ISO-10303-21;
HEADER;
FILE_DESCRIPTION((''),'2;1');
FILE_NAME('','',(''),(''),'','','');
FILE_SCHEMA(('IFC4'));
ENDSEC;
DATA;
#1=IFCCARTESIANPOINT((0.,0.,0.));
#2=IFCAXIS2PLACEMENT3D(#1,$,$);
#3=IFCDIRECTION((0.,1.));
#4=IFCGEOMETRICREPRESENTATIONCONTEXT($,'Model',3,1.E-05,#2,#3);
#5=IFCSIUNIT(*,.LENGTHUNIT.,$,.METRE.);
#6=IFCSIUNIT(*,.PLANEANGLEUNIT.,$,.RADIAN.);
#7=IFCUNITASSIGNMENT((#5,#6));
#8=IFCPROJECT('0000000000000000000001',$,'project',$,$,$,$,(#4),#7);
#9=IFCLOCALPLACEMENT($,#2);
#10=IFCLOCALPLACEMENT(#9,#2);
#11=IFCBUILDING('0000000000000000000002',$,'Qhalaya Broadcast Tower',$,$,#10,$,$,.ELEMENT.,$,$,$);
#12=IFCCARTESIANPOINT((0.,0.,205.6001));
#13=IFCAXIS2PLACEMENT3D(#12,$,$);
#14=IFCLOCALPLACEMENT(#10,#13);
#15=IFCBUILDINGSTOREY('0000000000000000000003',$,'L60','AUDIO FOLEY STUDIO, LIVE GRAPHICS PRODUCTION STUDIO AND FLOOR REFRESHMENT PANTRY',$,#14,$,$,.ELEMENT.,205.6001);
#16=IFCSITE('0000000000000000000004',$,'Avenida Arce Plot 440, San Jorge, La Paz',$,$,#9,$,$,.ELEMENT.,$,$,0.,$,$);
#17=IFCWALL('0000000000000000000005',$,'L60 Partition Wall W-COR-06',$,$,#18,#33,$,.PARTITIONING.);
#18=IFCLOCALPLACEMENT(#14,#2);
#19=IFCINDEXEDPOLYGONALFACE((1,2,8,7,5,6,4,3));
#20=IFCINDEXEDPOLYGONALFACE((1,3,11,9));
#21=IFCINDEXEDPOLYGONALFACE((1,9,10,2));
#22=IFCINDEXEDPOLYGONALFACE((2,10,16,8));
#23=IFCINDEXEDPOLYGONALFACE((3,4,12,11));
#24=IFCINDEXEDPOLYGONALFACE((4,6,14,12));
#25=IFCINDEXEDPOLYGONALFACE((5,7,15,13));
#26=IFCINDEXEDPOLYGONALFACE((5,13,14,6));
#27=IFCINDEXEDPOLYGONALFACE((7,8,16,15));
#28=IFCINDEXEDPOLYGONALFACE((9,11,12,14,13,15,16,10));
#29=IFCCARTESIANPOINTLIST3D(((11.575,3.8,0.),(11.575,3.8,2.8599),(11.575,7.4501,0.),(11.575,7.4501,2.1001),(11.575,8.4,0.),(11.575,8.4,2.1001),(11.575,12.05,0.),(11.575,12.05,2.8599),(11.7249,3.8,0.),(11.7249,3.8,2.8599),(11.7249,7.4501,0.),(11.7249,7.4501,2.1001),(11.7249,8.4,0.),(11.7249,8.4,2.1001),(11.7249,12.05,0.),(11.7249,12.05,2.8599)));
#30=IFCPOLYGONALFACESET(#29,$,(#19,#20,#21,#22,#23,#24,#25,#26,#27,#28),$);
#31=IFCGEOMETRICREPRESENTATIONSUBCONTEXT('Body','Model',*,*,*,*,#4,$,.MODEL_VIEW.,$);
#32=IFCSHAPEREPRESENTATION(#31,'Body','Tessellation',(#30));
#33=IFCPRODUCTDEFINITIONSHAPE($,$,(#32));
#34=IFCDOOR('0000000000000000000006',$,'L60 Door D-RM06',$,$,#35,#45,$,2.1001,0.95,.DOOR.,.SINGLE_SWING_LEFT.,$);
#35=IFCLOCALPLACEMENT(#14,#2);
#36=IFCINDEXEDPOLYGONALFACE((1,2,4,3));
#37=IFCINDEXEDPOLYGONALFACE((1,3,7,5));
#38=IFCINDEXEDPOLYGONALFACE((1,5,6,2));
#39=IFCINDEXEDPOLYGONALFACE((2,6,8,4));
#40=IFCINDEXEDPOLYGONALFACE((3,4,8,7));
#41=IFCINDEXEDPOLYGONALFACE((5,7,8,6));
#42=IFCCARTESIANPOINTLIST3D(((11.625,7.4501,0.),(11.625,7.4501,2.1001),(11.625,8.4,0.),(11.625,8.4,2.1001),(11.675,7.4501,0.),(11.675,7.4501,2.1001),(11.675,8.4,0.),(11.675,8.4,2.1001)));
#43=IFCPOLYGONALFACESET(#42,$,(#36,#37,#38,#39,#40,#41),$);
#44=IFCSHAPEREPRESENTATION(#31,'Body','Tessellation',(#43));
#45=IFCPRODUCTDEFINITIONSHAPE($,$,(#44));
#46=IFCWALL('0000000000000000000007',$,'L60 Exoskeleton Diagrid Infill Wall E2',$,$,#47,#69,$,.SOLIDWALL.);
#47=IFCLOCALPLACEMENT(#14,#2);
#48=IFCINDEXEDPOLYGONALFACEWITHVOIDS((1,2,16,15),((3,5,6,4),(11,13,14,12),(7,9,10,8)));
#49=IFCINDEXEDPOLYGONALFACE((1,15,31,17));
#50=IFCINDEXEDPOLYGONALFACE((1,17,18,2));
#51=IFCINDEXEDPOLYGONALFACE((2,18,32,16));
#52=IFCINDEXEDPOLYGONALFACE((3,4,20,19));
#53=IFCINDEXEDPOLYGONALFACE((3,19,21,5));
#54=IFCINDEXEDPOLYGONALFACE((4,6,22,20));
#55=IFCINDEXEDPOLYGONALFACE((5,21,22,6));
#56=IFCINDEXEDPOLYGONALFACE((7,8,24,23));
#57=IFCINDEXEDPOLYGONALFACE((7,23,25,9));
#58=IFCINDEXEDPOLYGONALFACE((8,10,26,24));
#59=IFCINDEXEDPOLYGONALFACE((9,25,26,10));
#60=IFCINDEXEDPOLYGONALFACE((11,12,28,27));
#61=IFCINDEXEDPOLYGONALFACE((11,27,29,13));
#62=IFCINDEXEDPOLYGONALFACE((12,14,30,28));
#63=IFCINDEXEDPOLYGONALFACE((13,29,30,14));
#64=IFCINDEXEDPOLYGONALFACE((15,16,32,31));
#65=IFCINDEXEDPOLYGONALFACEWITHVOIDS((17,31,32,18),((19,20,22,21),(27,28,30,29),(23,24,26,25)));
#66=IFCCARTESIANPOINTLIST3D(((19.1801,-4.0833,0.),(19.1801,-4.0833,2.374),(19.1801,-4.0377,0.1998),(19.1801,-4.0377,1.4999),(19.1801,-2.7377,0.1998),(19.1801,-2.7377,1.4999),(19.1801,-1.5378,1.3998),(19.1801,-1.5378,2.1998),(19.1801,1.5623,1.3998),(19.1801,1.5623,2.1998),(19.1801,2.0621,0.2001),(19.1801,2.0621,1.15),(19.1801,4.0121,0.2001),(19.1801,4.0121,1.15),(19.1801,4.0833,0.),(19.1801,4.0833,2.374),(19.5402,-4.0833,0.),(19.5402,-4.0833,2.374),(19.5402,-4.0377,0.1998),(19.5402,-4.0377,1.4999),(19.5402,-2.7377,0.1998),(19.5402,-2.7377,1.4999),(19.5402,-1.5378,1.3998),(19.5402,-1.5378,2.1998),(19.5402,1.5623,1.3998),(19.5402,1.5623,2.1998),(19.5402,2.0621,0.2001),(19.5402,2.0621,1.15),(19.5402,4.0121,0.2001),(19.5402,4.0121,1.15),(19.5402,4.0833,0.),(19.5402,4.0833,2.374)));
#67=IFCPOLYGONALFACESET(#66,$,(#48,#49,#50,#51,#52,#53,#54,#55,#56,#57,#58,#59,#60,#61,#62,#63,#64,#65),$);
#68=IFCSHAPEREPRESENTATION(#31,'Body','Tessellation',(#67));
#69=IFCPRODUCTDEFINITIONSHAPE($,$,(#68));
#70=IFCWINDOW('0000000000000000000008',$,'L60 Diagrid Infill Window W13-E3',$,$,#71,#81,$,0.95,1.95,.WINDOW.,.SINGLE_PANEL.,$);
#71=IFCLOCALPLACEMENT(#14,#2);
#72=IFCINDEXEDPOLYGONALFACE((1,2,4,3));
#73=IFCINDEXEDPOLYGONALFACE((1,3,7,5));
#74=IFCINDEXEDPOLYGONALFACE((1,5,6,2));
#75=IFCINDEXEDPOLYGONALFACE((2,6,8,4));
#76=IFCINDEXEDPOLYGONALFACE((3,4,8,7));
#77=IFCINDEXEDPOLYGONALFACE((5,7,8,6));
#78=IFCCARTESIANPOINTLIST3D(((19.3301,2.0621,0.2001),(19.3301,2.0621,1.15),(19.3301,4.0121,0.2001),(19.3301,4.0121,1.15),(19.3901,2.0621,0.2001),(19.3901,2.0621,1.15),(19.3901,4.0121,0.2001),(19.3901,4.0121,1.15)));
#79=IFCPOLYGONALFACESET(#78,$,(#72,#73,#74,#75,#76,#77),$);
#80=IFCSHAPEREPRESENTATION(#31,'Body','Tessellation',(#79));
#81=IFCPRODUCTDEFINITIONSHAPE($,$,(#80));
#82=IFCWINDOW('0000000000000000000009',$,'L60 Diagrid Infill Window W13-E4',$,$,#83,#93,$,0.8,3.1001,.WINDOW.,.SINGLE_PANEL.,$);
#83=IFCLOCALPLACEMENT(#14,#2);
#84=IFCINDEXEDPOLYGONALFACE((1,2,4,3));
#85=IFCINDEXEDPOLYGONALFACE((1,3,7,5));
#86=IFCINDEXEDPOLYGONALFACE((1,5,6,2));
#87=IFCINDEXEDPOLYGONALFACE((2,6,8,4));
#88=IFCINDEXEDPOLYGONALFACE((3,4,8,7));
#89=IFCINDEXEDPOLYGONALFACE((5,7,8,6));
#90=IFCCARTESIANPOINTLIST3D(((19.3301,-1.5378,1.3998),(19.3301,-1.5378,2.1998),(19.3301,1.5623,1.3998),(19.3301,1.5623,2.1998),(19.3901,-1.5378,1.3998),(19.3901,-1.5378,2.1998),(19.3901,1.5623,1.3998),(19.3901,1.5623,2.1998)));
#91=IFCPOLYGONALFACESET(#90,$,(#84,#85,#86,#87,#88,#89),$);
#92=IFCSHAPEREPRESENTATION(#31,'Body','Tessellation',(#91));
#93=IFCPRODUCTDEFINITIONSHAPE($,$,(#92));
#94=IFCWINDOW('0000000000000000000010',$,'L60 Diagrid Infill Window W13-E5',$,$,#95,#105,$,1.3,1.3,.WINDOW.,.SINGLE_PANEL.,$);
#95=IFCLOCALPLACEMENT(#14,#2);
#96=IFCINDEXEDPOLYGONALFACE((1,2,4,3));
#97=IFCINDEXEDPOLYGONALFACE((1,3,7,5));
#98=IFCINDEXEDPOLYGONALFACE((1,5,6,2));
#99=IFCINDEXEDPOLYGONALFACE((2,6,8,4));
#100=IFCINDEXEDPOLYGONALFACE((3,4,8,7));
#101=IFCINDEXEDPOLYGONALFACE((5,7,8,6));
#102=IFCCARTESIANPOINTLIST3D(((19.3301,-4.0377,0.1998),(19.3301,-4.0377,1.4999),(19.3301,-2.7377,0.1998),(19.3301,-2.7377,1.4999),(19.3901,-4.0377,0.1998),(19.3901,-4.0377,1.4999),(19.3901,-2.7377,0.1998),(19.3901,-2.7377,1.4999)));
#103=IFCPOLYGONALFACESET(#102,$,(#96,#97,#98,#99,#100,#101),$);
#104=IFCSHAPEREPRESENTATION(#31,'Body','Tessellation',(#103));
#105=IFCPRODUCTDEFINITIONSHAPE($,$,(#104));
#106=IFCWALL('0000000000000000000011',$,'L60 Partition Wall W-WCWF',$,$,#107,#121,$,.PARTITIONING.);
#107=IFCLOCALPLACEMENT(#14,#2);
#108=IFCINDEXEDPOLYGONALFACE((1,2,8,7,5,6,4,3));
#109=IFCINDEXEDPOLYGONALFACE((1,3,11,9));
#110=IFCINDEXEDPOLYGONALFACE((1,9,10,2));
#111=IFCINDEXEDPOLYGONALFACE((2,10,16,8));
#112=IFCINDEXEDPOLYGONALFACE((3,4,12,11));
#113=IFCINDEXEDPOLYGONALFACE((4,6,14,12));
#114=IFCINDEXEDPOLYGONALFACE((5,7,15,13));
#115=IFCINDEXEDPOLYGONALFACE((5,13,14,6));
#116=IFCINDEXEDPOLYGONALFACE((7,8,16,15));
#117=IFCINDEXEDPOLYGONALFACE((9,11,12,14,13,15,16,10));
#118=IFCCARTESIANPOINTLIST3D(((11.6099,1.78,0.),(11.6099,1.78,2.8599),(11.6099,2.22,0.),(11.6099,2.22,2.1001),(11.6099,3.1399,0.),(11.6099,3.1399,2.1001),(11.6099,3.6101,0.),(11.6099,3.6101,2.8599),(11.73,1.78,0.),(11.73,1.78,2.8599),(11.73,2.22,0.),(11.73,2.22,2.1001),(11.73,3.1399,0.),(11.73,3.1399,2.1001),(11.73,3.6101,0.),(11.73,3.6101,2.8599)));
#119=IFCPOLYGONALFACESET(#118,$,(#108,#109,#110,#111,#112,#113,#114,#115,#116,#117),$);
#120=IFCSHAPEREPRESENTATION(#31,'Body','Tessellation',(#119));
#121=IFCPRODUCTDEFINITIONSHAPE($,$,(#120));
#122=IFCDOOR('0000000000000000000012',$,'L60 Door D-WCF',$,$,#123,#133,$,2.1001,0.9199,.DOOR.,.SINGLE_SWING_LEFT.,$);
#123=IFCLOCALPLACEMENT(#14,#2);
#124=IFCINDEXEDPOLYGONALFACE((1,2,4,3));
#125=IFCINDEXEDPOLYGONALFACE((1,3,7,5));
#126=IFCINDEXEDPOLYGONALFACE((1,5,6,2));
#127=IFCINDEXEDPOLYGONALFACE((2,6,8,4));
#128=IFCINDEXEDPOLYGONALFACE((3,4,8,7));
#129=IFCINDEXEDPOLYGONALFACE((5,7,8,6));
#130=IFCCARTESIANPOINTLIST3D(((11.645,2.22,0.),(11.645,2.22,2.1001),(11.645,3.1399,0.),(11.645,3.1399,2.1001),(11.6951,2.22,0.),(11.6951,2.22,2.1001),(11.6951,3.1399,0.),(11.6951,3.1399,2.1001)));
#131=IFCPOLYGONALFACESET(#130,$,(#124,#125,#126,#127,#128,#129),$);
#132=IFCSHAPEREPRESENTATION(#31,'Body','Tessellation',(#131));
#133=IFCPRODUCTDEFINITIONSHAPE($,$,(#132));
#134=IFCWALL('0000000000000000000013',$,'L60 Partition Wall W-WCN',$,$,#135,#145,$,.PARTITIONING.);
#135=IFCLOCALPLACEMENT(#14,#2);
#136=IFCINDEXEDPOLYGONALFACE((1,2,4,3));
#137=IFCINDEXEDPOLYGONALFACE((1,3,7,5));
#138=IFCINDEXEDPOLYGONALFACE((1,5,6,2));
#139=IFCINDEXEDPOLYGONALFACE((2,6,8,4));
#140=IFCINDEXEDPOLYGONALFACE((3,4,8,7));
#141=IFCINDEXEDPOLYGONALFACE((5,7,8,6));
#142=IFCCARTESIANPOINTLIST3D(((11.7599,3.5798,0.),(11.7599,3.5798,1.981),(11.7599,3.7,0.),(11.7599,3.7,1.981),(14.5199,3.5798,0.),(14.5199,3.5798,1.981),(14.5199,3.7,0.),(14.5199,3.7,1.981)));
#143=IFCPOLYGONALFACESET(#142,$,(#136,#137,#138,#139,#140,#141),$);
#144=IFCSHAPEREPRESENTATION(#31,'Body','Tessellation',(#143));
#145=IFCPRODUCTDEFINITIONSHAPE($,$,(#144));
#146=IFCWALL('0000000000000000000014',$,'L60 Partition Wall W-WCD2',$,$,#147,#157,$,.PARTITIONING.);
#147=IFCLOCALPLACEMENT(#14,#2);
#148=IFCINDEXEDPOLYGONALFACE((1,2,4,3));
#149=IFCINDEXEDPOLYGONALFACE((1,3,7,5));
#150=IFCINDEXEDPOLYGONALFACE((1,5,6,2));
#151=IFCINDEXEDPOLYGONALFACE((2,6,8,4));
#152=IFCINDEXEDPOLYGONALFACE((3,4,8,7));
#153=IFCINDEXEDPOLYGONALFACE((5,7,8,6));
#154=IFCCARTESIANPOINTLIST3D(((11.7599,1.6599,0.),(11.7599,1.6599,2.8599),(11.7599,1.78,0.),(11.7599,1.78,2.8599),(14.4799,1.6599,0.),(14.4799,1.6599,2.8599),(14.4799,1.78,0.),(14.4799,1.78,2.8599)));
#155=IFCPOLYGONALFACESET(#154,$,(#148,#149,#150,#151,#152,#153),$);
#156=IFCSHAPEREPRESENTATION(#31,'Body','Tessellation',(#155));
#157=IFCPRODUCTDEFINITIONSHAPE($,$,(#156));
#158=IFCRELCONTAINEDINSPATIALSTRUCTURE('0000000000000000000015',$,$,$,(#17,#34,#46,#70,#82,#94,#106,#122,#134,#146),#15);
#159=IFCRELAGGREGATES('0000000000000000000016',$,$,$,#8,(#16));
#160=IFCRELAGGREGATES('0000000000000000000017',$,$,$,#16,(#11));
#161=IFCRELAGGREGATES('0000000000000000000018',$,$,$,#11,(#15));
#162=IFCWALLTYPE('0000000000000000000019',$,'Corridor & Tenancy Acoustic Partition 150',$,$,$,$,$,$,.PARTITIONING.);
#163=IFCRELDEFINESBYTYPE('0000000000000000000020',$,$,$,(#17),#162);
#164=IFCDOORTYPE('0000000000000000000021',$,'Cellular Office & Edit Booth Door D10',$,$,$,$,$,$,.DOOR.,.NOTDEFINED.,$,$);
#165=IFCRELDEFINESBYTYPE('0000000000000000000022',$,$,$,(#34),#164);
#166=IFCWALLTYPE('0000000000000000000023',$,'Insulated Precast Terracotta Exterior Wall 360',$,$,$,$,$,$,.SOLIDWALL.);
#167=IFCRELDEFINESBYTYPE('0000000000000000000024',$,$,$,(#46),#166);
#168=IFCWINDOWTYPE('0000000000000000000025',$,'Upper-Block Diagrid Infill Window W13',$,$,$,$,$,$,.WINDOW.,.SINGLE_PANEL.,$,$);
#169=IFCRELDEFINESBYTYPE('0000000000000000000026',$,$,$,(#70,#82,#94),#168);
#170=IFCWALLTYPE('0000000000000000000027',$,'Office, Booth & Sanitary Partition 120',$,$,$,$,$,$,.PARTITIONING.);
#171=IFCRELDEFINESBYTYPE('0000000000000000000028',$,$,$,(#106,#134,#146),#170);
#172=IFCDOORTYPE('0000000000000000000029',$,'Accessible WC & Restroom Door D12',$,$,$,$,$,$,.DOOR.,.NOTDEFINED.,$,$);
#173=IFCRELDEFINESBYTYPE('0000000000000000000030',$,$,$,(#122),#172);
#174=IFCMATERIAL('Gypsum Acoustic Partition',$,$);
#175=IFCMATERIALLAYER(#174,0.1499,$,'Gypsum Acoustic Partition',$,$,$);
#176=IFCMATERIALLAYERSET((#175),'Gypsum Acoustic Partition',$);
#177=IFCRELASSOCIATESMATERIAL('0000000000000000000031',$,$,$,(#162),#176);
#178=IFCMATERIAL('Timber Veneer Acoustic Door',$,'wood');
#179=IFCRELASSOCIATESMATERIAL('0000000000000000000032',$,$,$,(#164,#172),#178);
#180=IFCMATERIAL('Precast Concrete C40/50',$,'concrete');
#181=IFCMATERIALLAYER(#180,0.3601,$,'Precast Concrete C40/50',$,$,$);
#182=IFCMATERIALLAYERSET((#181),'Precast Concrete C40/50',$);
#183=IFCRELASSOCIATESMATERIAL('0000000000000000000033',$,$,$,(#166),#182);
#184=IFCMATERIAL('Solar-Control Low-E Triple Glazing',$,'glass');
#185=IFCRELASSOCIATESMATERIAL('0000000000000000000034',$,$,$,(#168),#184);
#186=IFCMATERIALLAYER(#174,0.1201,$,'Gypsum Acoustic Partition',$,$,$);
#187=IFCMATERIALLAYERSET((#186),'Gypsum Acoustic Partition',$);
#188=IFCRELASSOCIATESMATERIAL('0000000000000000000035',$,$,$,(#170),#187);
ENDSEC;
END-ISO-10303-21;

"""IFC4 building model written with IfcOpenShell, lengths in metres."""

from ifc_helpers import new_model, si_unit, direction, frame, frame_2d, origin, place, context, subcontext, project, spatial, rectangle, extrude, material, layer, layer_set, type_object, element, fill, save


model = new_model("IFC4")

# Units and contexts
model_context = context("Model", 3, precision=1e-05, world=origin(), true_north=direction((0.0, 1.0)))
body_context = subcontext(model_context, "Body", "Model", "MODEL_VIEW")
ifc_project = project(units=[si_unit("LENGTHUNIT", "METRE"), si_unit("PLANEANGLEUNIT", "RADIAN")], contexts=[model_context])

# Site, building, storey
site_placement = place(None, origin())
site = spatial("IfcSite", under=ifc_project, at=site_placement, Name="Avenida Arce Plot 440, San Jorge, La Paz", CompositionType="ELEMENT", RefElevation=0.0)
building_placement = place(site_placement, origin())
building = spatial("IfcBuilding", under=site, at=building_placement, Name="Qhalaya Broadcast Tower", CompositionType="ELEMENT")
storey_placement = place(building_placement, frame((0.0, 0.0, 205.6001)))
storey = spatial("IfcBuildingStorey", under=building, at=storey_placement, Name="L60", Description="AUDIO FOLEY STUDIO, LIVE GRAPHICS PRODUCTION STUDIO AND FLOOR REFRESHMENT PANTRY", CompositionType="ELEMENT", Elevation=205.6001)

# Wall, opening, door
ifc_material_1 = material(Name="Gypsum Acoustic Partition")
ifc_layer_1 = layer(ifc_material_1, 0.1499, Name="Gypsum Acoustic Partition")
ifc_layer_set_1 = layer_set([ifc_layer_1], Name="Gypsum Acoustic Partition")
wall_type_1 = type_object("IfcWallType", Name="Corridor & Tenancy Acoustic Partition 150", PredefinedType="PARTITIONING", material=ifc_layer_set_1)
wall_1_placement = place(storey_placement, frame((11.6499, 3.8, 0.0), z_axis=(0.0, 0.0, 1.0), x_axis=(0.0, 1.0, 0.0)))
wall_1 = element("IfcWall", 1, at=wall_1_placement, inside=storey, type_object=wall_type_1, Name="L60 Partition Wall W-COR-06", PredefinedType="PARTITIONING", context=body_context, shape_type="SweptSolid", body=[
    extrude(rectangle(XDim=8.25, YDim=0.1499, at=frame_2d((4.125, 0.0))), origin(), (0.0, 0.0, 1.0), 2.8599),
])
opening_1_placement = place(wall_1_placement, frame((3.6499, 0.0, 0.0)))
opening_1 = element("IfcOpeningElement", 2, at=opening_1_placement, cuts=wall_1, PredefinedType="OPENING", context=body_context, shape_type="SweptSolid", body=[
    extrude(rectangle(XDim=0.95, YDim=2.1001, at=frame_2d((0.4751, 1.05))), frame((0.0, 0.0869, 0.0), z_axis=(0.0, -1.0, 0.0), x_axis=(1.0, 0.0, 0.0)), (0.0, 0.0, 1.0), 0.1738),
])
ifc_material_2 = material(Name="Timber Veneer Acoustic Door", Category="wood")
door_type_1 = type_object("IfcDoorType", Name="Cellular Office & Edit Booth Door D10", OperationType="NOTDEFINED", PredefinedType="DOOR", material=ifc_material_2)
door_1_placement = place(opening_1_placement, origin())
door_1 = element("IfcDoor", 3, at=door_1_placement, inside=storey, type_object=door_type_1, Name="L60 Door D-RM06", OperationType="SINGLE_SWING_LEFT", OverallHeight=2.1001, OverallWidth=0.95, PredefinedType="DOOR", context=body_context, shape_type="SweptSolid", body=[
    extrude(rectangle(XDim=0.95, YDim=2.1001, at=frame_2d((0.4751, 1.05))), frame((0.0, 0.0249, 0.0), z_axis=(0.0, -1.0, 0.0), x_axis=(1.0, 0.0, 0.0)), (0.0, 0.0, 1.0), 0.05),
])
fill(opening_1, door_1)

# Wall, openings, windows
ifc_material_3 = material(Name="Precast Concrete C40/50", Category="concrete")
ifc_layer_2 = layer(ifc_material_3, 0.3601, Name="Precast Concrete C40/50")
ifc_layer_set_2 = layer_set([ifc_layer_2], Name="Precast Concrete C40/50")
wall_type_2 = type_object("IfcWallType", Name="Insulated Precast Terracotta Exterior Wall 360", PredefinedType="SOLIDWALL", material=ifc_layer_set_2)
wall_2_placement = place(storey_placement, frame((19.3601, 4.0833, 0.0), z_axis=(0.0, 0.0, 1.0), x_axis=(0.0, -1.0, 0.0)))
wall_2 = element("IfcWall", 4, at=wall_2_placement, inside=storey, type_object=wall_type_2, Name="L60 Exoskeleton Diagrid Infill Wall E2", PredefinedType="SOLIDWALL", context=body_context, shape_type="SweptSolid", body=[
    extrude(rectangle(XDim=8.1665, YDim=0.3601, at=frame_2d((4.0833, 0.0))), origin(), (0.0, 0.0, 1.0), 2.374),
])
opening_2_placement = place(wall_2_placement, frame((0.071, 0.0, 0.2)))
opening_2 = element("IfcOpeningElement", 5, at=opening_2_placement, cuts=wall_2, PredefinedType="OPENING", context=body_context, shape_type="SweptSolid", body=[
    extrude(rectangle(XDim=1.95, YDim=0.95, at=frame_2d((0.9751, 0.4751))), frame((0.0, 0.1921, 0.0), z_axis=(0.0, -1.0, 0.0), x_axis=(1.0, 0.0, 0.0)), (0.0, 0.0, 1.0), 0.384),
])
opening_3_placement = place(wall_2_placement, frame((2.521, 0.0, 1.3999)))
opening_3 = element("IfcOpeningElement", 6, at=opening_3_placement, cuts=wall_2, PredefinedType="OPENING", context=body_context, shape_type="SweptSolid", body=[
    extrude(rectangle(XDim=3.1001, YDim=0.8, at=frame_2d((1.55, 0.3999))), frame((0.0, 0.1921, 0.0), z_axis=(0.0, -1.0, 0.0), x_axis=(1.0, 0.0, 0.0)), (0.0, 0.0, 1.0), 0.384),
])
opening_4_placement = place(wall_2_placement, frame((6.821, 0.0, 0.2)))
opening_4 = element("IfcOpeningElement", 7, at=opening_4_placement, cuts=wall_2, PredefinedType="OPENING", context=body_context, shape_type="SweptSolid", body=[
    extrude(rectangle(XDim=1.3, YDim=1.3, at=frame_2d((0.6499, 0.6499))), frame((0.0, 0.1921, 0.0), z_axis=(0.0, -1.0, 0.0), x_axis=(1.0, 0.0, 0.0)), (0.0, 0.0, 1.0), 0.384),
])
ifc_material_4 = material(Name="Solar-Control Low-E Triple Glazing", Category="glass")
window_type = type_object("IfcWindowType", Name="Upper-Block Diagrid Infill Window W13", PartitioningType="SINGLE_PANEL", PredefinedType="WINDOW", material=ifc_material_4)
window_1_placement = place(opening_2_placement, origin())
window_1 = element("IfcWindow", 8, at=window_1_placement, inside=storey, type_object=window_type, Name="L60 Diagrid Infill Window W13-E3", OverallHeight=0.95, OverallWidth=1.95, PartitioningType="SINGLE_PANEL", PredefinedType="WINDOW", context=body_context, shape_type="SweptSolid", body=[
    extrude(rectangle(XDim=1.95, YDim=0.95, at=frame_2d((0.9751, 0.4751))), frame((0.0, 0.03, 0.0), z_axis=(0.0, -1.0, 0.0), x_axis=(1.0, 0.0, 0.0)), (0.0, 0.0, 1.0), 0.0601),
])
fill(opening_2, window_1)
window_2_placement = place(opening_3_placement, origin())
window_2 = element("IfcWindow", 9, at=window_2_placement, inside=storey, type_object=window_type, Name="L60 Diagrid Infill Window W13-E4", OverallHeight=0.8, OverallWidth=3.1001, PartitioningType="SINGLE_PANEL", PredefinedType="WINDOW", context=body_context, shape_type="SweptSolid", body=[
    extrude(rectangle(XDim=3.1001, YDim=0.8, at=frame_2d((1.55, 0.3999))), frame((0.0, 0.03, 0.0), z_axis=(0.0, -1.0, 0.0), x_axis=(1.0, 0.0, 0.0)), (0.0, 0.0, 1.0), 0.0601),
])
fill(opening_3, window_2)
window_3_placement = place(opening_4_placement, origin())
window_3 = element("IfcWindow", 10, at=window_3_placement, inside=storey, type_object=window_type, Name="L60 Diagrid Infill Window W13-E5", OverallHeight=1.3, OverallWidth=1.3, PartitioningType="SINGLE_PANEL", PredefinedType="WINDOW", context=body_context, shape_type="SweptSolid", body=[
    extrude(rectangle(XDim=1.3, YDim=1.3, at=frame_2d((0.6499, 0.6499))), frame((0.0, 0.03, 0.0), z_axis=(0.0, -1.0, 0.0), x_axis=(1.0, 0.0, 0.0)), (0.0, 0.0, 1.0), 0.0601),
])
fill(opening_4, window_3)

# Wall, opening, door
ifc_layer_3 = layer(ifc_material_1, 0.1201, Name="Gypsum Acoustic Partition")
ifc_layer_set_3 = layer_set([ifc_layer_3], Name="Gypsum Acoustic Partition")
wall_type_3 = type_object("IfcWallType", Name="Office, Booth & Sanitary Partition 120", PredefinedType="PARTITIONING", material=ifc_layer_set_3)
wall_3_placement = place(storey_placement, frame((11.6699, 1.78, 0.0), z_axis=(0.0, 0.0, 1.0), x_axis=(0.0, 1.0, 0.0)))
wall_3 = element("IfcWall", 11, at=wall_3_placement, inside=storey, type_object=wall_type_3, Name="L60 Partition Wall W-WCWF", PredefinedType="PARTITIONING", context=body_context, shape_type="SweptSolid", body=[
    extrude(rectangle(XDim=1.8301, YDim=0.1201, at=frame_2d((0.915, 0.0))), origin(), (0.0, 0.0, 1.0), 2.8599),
])
opening_5_placement = place(wall_3_placement, frame((0.4399, 0.0, 0.0)))
opening_5 = element("IfcOpeningElement", 12, at=opening_5_placement, cuts=wall_3, PredefinedType="OPENING", context=body_context, shape_type="SweptSolid", body=[
    extrude(rectangle(XDim=0.9199, YDim=2.1001, at=frame_2d((0.46, 1.05))), frame((0.0, 0.072, 0.0), z_axis=(0.0, -1.0, 0.0), x_axis=(1.0, 0.0, 0.0)), (0.0, 0.0, 1.0), 0.144),
])
door_type_2 = type_object("IfcDoorType", Name="Accessible WC & Restroom Door D12", OperationType="NOTDEFINED", PredefinedType="DOOR", material=ifc_material_2)
door_2_placement = place(opening_5_placement, origin())
door_2 = element("IfcDoor", 13, at=door_2_placement, inside=storey, type_object=door_type_2, Name="L60 Door D-WCF", OperationType="SINGLE_SWING_LEFT", OverallHeight=2.1001, OverallWidth=0.9199, PredefinedType="DOOR", context=body_context, shape_type="SweptSolid", body=[
    extrude(rectangle(XDim=0.9199, YDim=2.1001, at=frame_2d((0.46, 1.05))), frame((0.0, 0.0249, 0.0), z_axis=(0.0, -1.0, 0.0), x_axis=(1.0, 0.0, 0.0)), (0.0, 0.0, 1.0), 0.05),
])
fill(opening_5, door_2)

# Walls
wall_4_placement = place(storey_placement, frame((11.76, 3.6399, 0.0), z_axis=(0.0, 0.0, 1.0), x_axis=(1.0, 0.0, 0.0)))
element("IfcWall", 14, at=wall_4_placement, inside=storey, type_object=wall_type_3, Name="L60 Partition Wall W-WCN", PredefinedType="PARTITIONING", context=body_context, shape_type="SweptSolid", body=[
    extrude(rectangle(XDim=2.76, YDim=0.1201, at=frame_2d((1.3799, 0.0))), origin(), (0.0, 0.0, 1.0), 1.981),
])
wall_5_placement = place(storey_placement, frame((11.76, 1.72, 0.0), z_axis=(0.0, 0.0, 1.0), x_axis=(1.0, 0.0, 0.0)))
element("IfcWall", 15, at=wall_5_placement, inside=storey, type_object=wall_type_3, Name="L60 Partition Wall W-WCD2", PredefinedType="PARTITIONING", context=body_context, shape_type="SweptSolid", body=[
    extrude(rectangle(XDim=2.72, YDim=0.1201, at=frame_2d((1.3599, 0.0))), origin(), (0.0, 0.0, 1.0), 2.8599),
])

save(model, "model.ifc")
